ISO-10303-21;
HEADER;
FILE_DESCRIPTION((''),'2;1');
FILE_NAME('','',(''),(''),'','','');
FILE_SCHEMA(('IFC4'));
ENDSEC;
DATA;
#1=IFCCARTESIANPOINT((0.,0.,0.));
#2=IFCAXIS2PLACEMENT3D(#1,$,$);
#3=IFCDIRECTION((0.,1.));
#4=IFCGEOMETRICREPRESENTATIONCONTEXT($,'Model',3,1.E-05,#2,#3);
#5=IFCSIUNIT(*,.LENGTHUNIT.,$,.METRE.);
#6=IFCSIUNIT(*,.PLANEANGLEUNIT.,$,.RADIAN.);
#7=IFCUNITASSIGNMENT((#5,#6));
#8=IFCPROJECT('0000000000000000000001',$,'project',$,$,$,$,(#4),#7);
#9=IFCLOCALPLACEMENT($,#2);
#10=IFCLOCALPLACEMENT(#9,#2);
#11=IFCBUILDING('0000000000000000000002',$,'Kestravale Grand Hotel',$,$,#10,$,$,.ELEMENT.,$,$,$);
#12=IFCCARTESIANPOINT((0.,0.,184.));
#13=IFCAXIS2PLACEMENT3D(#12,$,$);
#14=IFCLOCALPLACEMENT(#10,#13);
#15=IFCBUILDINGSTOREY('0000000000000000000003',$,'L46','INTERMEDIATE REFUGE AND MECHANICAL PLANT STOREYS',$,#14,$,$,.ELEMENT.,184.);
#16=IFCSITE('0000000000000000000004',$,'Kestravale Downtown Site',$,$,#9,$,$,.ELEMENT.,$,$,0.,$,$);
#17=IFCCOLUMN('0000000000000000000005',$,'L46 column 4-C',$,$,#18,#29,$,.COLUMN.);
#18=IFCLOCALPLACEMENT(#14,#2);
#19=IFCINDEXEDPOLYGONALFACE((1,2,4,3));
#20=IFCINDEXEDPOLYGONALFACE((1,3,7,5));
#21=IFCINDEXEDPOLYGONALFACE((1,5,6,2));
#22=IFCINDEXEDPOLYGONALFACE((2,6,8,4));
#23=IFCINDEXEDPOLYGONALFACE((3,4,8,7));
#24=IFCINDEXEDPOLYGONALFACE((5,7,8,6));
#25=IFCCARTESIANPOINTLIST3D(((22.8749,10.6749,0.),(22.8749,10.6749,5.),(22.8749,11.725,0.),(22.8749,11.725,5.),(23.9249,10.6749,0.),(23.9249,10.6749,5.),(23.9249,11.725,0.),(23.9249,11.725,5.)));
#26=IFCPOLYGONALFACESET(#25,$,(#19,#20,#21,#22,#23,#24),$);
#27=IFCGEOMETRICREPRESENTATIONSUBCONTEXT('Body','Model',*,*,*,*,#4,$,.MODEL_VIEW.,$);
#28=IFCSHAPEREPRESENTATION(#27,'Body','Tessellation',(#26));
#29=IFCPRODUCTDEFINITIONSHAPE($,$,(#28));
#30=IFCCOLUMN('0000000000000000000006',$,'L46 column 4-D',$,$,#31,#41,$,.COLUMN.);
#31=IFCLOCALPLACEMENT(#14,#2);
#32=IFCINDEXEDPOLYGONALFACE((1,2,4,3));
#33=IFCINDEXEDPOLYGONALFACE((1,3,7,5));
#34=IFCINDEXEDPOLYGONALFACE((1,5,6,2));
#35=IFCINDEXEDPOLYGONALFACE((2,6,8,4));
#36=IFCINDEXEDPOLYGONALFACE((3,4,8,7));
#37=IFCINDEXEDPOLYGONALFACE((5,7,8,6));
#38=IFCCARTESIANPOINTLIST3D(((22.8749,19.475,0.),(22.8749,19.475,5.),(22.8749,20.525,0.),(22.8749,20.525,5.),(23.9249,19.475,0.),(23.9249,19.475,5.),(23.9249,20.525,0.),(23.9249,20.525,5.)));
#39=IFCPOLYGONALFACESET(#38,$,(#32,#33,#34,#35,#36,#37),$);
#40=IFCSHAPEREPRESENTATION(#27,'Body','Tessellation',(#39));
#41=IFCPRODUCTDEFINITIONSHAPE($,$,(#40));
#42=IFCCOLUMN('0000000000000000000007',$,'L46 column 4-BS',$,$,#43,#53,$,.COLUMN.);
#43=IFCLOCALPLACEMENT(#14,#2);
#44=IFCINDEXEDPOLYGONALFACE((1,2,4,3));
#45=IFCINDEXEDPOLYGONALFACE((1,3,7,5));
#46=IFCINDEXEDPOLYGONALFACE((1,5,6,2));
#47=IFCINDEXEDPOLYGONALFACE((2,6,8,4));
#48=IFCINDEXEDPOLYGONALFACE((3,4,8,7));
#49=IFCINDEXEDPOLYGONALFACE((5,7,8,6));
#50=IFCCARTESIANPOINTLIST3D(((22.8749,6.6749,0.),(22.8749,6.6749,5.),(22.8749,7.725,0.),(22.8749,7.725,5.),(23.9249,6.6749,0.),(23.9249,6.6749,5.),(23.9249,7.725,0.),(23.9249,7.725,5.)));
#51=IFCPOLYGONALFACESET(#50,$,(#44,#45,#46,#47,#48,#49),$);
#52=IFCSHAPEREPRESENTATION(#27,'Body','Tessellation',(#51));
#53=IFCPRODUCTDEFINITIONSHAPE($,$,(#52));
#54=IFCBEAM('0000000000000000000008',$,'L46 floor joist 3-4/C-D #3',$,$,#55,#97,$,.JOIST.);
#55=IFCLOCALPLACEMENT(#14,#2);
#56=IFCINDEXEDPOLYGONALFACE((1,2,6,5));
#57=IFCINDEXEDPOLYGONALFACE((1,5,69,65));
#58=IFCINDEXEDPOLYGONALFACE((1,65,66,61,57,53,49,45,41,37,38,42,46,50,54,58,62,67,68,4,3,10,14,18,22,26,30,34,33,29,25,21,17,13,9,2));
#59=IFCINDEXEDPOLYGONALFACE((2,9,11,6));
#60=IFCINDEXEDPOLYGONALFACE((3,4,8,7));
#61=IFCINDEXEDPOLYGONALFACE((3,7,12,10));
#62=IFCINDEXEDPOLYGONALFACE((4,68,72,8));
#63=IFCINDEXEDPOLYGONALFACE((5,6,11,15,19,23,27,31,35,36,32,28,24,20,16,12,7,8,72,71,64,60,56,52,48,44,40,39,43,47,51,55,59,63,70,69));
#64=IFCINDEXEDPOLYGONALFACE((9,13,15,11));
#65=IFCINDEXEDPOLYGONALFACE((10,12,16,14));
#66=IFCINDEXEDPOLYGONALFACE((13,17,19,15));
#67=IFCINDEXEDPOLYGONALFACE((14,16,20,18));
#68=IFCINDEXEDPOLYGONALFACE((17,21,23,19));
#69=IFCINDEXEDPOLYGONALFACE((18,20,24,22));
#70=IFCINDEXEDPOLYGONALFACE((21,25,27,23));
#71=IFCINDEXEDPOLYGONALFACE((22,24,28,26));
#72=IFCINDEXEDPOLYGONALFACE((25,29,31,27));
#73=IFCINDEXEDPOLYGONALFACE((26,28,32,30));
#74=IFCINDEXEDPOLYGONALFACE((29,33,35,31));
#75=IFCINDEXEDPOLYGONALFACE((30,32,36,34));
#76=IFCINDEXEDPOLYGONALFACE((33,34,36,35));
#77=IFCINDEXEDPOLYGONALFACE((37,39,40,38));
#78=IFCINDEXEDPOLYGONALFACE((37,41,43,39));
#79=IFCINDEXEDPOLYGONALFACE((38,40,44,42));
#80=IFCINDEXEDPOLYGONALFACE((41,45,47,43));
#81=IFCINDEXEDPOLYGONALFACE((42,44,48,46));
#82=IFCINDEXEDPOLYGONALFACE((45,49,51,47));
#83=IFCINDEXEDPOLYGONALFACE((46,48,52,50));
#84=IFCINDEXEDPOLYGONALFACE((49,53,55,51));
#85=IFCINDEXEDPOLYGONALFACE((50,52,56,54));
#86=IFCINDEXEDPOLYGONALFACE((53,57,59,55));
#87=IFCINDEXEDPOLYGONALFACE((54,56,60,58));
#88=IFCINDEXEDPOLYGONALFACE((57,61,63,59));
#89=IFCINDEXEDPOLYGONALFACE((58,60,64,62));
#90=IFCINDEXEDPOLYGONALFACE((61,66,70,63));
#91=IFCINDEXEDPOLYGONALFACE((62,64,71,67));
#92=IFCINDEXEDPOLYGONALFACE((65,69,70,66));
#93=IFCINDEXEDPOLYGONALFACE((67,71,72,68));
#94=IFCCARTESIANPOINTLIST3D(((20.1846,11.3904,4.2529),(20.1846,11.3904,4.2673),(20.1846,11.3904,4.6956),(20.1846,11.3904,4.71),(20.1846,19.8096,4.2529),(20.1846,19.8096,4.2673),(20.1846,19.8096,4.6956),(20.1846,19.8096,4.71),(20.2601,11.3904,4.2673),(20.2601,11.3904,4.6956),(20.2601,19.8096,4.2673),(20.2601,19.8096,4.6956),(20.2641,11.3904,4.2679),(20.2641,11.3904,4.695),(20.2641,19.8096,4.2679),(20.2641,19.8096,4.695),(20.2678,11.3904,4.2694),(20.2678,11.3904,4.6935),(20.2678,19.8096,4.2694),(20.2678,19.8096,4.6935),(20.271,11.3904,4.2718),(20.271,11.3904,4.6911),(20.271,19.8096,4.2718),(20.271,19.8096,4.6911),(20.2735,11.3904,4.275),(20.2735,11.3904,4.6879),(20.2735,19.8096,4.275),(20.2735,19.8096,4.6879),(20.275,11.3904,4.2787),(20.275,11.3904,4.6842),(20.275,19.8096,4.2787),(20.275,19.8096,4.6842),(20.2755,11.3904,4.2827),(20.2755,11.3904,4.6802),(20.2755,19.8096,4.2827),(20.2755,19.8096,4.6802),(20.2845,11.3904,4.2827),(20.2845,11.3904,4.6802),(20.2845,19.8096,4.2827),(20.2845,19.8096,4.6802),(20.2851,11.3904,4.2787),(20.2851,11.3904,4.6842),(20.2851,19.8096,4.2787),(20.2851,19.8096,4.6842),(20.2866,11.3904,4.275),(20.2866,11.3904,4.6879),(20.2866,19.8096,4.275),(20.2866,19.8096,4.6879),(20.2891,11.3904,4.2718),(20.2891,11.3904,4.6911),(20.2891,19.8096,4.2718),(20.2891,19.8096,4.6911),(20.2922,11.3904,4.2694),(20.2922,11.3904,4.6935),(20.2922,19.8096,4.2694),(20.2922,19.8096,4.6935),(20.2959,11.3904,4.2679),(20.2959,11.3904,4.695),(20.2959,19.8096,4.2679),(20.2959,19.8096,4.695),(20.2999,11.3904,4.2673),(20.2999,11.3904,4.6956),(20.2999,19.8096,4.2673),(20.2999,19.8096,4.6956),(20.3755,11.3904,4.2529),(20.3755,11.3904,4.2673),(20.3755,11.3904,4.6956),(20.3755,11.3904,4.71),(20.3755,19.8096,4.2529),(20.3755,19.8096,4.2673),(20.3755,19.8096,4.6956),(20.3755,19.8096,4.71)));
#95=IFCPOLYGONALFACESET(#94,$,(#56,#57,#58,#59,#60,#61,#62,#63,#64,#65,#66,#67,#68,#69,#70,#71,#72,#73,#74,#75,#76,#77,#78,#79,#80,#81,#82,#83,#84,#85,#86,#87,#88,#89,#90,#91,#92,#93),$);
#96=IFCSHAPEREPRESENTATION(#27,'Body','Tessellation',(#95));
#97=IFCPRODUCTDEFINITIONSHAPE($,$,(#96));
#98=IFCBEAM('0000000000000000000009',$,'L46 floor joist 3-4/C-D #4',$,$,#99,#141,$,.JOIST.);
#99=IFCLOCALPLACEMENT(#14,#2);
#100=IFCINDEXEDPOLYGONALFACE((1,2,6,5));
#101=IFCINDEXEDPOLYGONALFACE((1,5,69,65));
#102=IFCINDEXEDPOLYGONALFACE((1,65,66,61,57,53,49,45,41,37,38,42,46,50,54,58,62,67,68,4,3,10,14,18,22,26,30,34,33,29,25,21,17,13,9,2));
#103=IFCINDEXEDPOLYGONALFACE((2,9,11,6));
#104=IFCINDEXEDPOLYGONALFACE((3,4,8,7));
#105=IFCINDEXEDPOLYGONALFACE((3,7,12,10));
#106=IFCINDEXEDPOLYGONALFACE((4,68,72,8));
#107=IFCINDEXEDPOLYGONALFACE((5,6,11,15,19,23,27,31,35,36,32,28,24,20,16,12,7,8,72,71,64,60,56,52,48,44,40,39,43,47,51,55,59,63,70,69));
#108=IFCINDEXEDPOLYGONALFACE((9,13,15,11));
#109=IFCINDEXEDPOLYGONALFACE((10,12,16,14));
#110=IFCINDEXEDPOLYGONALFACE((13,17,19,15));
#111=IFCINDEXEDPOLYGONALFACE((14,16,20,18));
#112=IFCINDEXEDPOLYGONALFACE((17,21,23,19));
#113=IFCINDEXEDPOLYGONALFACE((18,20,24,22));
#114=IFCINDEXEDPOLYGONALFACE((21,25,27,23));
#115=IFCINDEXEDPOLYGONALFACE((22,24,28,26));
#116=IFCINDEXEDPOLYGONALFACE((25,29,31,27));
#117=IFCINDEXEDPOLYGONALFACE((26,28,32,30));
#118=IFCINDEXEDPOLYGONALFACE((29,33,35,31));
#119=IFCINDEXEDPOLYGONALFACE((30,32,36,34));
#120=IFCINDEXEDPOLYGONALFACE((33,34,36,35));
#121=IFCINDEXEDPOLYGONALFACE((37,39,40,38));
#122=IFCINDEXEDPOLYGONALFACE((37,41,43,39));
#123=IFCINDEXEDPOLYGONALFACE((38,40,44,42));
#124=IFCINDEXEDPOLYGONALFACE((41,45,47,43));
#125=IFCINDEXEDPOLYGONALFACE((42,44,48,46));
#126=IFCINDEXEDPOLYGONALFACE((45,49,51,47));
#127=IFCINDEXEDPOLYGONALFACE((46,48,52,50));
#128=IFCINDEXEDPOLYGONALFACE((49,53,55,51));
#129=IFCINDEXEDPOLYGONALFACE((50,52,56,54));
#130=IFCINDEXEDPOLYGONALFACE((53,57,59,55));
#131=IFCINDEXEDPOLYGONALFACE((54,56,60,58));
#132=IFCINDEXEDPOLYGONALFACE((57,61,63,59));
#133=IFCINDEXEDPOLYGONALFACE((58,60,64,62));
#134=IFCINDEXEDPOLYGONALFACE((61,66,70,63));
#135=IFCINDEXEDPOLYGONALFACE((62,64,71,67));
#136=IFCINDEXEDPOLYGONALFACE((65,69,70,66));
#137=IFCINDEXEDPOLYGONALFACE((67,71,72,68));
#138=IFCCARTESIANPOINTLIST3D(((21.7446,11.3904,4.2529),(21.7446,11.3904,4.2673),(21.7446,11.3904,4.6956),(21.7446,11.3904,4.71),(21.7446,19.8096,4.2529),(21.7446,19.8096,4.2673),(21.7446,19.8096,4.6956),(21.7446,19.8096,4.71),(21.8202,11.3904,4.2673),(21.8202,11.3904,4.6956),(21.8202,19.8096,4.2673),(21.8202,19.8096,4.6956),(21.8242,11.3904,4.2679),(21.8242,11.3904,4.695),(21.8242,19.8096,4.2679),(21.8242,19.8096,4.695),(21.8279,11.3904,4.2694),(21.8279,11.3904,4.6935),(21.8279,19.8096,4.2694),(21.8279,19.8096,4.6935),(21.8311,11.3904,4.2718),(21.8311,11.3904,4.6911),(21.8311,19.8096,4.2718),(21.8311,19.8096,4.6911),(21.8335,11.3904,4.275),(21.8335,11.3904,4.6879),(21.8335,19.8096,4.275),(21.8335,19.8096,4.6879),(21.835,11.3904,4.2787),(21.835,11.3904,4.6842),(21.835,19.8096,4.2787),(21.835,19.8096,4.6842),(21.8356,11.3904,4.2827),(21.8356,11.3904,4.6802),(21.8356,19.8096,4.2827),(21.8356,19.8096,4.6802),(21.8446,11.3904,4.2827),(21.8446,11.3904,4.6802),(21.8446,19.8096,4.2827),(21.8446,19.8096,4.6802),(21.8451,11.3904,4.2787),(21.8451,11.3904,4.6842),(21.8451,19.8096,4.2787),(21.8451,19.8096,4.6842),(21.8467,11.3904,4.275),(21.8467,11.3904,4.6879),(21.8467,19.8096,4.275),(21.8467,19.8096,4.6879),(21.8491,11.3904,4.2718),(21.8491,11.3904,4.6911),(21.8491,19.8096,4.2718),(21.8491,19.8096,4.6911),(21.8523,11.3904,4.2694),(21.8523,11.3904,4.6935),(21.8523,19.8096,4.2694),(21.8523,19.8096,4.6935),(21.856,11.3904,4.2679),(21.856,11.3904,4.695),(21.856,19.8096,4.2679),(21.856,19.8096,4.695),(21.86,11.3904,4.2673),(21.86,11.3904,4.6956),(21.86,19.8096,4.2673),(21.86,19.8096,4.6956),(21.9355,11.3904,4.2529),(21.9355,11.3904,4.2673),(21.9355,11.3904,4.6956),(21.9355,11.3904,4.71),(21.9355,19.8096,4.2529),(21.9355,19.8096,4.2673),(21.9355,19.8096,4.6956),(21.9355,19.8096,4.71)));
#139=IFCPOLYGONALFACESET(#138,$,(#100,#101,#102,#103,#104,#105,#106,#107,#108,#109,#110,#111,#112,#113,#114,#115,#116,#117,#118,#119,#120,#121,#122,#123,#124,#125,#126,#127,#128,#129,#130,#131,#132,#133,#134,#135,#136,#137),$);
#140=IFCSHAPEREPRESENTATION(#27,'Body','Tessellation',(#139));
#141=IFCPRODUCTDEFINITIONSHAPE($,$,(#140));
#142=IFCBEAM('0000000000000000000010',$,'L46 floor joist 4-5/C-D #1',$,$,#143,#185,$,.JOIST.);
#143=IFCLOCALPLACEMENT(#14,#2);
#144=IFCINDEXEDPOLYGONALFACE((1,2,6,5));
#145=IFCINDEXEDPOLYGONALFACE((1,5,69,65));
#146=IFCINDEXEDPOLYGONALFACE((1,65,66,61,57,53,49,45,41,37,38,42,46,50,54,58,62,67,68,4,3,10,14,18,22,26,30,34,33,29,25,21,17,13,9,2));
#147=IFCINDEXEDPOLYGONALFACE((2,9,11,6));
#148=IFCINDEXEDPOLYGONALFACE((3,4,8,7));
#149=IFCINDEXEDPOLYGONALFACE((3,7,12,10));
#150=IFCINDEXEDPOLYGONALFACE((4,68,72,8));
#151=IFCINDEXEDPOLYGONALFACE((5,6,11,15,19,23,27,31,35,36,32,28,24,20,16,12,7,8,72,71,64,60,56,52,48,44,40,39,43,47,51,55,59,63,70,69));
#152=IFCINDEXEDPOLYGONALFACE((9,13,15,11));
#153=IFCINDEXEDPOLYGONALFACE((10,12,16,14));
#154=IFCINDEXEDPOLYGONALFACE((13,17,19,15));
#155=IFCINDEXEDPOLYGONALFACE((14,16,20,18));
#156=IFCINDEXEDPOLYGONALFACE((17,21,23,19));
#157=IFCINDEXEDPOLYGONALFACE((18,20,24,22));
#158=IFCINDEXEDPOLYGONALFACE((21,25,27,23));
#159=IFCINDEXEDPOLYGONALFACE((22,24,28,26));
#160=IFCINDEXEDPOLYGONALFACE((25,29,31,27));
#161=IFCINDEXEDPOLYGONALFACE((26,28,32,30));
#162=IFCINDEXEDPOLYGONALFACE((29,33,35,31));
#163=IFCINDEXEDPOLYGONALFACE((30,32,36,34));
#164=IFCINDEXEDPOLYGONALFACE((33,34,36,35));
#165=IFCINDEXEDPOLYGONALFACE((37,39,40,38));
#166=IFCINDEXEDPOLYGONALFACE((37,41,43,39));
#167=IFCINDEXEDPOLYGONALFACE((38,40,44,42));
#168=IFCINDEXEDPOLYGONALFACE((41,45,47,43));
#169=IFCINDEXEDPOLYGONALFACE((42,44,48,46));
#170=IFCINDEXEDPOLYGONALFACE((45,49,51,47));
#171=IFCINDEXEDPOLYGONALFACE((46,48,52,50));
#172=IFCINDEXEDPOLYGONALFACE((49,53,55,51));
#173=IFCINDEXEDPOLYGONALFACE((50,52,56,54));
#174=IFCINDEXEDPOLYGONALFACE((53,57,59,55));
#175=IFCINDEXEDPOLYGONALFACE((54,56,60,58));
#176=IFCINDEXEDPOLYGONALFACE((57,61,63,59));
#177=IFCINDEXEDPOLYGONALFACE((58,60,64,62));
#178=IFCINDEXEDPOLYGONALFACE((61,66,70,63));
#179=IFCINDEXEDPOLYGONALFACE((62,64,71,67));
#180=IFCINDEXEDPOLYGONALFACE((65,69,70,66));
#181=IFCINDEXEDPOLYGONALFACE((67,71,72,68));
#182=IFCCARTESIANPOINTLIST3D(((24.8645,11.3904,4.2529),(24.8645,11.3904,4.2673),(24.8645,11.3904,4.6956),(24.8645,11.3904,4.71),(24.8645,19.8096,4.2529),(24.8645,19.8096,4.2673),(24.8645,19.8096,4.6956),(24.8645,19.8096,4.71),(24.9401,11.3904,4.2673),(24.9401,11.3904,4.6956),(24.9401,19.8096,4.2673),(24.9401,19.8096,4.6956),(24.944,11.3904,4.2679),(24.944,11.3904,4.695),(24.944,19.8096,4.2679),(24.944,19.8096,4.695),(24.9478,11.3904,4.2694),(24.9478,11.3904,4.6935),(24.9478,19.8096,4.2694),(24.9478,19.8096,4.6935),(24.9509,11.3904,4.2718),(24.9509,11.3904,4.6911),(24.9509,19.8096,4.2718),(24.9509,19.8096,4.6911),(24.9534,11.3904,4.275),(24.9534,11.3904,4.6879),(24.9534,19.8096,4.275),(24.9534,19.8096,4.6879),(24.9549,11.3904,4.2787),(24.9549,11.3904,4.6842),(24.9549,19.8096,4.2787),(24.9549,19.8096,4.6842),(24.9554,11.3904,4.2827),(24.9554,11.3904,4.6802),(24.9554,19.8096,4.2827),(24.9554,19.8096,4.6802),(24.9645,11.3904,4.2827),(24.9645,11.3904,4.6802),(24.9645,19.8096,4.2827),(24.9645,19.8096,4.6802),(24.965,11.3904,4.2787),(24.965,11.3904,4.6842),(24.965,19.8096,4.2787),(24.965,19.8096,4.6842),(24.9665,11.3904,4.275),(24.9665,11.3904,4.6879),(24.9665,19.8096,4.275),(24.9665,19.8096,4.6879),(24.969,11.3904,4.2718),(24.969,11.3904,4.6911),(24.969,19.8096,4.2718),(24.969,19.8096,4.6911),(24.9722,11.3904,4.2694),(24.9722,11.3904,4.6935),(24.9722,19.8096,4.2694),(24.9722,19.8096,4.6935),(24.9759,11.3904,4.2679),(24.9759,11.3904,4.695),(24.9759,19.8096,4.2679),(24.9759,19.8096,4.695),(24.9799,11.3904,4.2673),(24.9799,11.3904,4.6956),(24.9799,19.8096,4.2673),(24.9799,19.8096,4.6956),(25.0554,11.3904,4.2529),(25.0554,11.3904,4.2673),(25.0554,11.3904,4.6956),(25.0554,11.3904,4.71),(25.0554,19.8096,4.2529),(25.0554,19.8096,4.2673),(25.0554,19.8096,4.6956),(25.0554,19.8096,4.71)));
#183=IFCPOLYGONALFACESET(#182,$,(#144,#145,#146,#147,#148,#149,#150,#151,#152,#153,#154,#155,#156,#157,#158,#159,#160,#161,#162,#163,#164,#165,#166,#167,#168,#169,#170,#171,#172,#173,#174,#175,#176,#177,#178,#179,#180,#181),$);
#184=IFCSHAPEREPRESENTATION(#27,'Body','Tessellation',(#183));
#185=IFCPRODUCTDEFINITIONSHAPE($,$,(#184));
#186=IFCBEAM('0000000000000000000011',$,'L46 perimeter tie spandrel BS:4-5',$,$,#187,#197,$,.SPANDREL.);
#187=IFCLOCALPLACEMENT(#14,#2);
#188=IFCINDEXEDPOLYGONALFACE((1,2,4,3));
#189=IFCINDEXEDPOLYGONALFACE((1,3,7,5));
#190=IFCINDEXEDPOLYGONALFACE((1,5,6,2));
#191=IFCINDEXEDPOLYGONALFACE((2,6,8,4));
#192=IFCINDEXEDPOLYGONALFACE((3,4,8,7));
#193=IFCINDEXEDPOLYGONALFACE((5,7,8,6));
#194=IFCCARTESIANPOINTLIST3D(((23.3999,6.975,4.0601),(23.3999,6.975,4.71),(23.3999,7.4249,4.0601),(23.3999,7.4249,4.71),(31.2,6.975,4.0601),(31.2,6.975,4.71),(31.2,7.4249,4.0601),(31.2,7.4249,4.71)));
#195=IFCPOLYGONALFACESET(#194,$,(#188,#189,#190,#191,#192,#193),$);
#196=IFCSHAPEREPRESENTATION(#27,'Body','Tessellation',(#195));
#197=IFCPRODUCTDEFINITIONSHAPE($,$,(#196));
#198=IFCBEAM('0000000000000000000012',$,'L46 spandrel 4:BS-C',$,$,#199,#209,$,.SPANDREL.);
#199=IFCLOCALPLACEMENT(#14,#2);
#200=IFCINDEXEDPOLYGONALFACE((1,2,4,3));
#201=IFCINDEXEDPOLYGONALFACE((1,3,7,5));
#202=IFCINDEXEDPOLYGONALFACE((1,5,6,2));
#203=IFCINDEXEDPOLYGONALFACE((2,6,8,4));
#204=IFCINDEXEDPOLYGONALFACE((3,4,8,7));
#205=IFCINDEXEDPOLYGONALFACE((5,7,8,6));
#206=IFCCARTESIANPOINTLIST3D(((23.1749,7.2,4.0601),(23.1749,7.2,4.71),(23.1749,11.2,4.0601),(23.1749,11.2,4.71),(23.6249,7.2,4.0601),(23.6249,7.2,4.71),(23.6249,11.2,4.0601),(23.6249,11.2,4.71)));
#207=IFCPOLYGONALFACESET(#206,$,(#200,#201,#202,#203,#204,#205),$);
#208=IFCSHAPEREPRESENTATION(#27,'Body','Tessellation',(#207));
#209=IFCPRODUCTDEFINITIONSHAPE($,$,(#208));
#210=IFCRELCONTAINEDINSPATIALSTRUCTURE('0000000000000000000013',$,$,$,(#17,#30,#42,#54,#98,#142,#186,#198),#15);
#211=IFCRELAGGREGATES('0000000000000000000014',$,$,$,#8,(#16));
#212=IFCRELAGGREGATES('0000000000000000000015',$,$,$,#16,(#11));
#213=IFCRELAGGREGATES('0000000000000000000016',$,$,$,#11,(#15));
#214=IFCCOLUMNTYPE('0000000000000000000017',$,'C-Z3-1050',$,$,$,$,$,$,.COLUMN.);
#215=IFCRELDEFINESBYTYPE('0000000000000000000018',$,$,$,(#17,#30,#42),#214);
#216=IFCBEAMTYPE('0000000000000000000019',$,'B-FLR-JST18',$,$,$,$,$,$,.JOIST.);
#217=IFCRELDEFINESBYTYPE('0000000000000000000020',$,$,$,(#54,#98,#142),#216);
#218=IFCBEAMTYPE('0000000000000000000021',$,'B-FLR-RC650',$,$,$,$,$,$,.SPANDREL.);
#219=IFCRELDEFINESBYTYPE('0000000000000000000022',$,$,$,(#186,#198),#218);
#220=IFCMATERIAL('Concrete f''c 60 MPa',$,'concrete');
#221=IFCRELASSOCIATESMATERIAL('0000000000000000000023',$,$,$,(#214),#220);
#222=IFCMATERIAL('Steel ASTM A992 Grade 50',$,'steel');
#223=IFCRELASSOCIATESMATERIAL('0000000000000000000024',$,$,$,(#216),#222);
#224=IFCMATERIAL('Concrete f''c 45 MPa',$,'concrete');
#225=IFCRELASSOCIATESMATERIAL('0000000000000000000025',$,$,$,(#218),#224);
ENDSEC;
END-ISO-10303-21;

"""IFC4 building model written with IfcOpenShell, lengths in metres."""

from ifc_helpers import new_model, si_unit, direction, frame, origin, origin_2d, place, context, subcontext, project, spatial, rectangle, i_section, extrude, material, material_profile, profile_set, type_object, element, save


model = new_model("IFC4")

# Units and contexts
model_context = context("Model", 3, precision=1e-05, world=origin(), true_north=direction((0.0, 1.0)))
body_context = subcontext(model_context, "Body", "Model", "MODEL_VIEW")
ifc_project = project(units=[si_unit("LENGTHUNIT", "METRE"), si_unit("PLANEANGLEUNIT", "RADIAN")], contexts=[model_context])

# Site, building, storey
site_placement = place(None, origin())
site = spatial("IfcSite", under=ifc_project, at=site_placement, Name="Kestravale Downtown Site", CompositionType="ELEMENT", RefElevation=0.0)
building_placement = place(site_placement, origin())
building = spatial("IfcBuilding", under=site, at=building_placement, Name="Kestravale Grand Hotel", CompositionType="ELEMENT")
storey_placement = place(building_placement, frame((0.0, 0.0, 184.0)))
storey = spatial("IfcBuildingStorey", under=building, at=storey_placement, Name="L46", Description="INTERMEDIATE REFUGE AND MECHANICAL PLANT STOREYS", CompositionType="ELEMENT", Elevation=184.0)

# Columns
ifc_material_1 = material(Name="Concrete f'c 60 MPa", Category="concrete")
ifc_material_profile_1 = material_profile(ifc_material_1, rectangle(XDim=1.05, YDim=1.05, at=origin_2d()))
ifc_profile_set_1 = profile_set([ifc_material_profile_1], Name="Concrete f'c 60 MPa")
column_type = type_object("IfcColumnType", Name="C-Z3-1050", PredefinedType="COLUMN", material=ifc_profile_set_1)
for number, where, z_axis, x_axis, name in (
    (1, (23.3999, 11.2, 0.0), (0.0, 0.0, 1.0), (1.0, 0.0, 0.0), "L46 column 4-C"),
    (2, (23.3999, 20.0, 0.0), (0.0, 0.0, 1.0), (1.0, 0.0, 0.0), "L46 column 4-D"),
    (3, (23.3999, 7.2, 0.0), (0.0, 0.0, 1.0), (1.0, 0.0, 0.0), "L46 column 4-BS"),
):
    element("IfcColumn", number, at=place(storey_placement, frame(where, z_axis=z_axis, x_axis=x_axis)), inside=storey, type_object=column_type, Name=name, PredefinedType="COLUMN", context=body_context, shape_type="SweptSolid", body=[
        extrude(rectangle(XDim=1.05, YDim=1.05, at=origin_2d()), origin(), (0.0, 0.0, 1.0), 5.0),
    ])

# Beams
ifc_material_2 = material(Name="Steel ASTM A992 Grade 50", Category="steel")
ifc_material_profile_2 = material_profile(ifc_material_2, i_section(OverallWidth=0.1909, OverallDepth=0.457, WebThickness=0.009, FlangeThickness=0.0144, FilletRadius=0.0154, at=origin_2d()))
ifc_profile_set_2 = profile_set([ifc_material_profile_2], Name="Steel ASTM A992 Grade 50")
beam_type_1 = type_object("IfcBeamType", Name="B-FLR-JST18", PredefinedType="JOIST", material=ifc_profile_set_2)
for number, where, z_axis, x_axis, name in (
    (4, (20.28, 11.3904, 4.4814), (0.0, 1.0, 0.0), (-1.0, 0.0, 0.0), "L46 floor joist 3-4/C-D #3"),
    (5, (21.8401, 11.3904, 4.4814), (0.0, 1.0, 0.0), (-1.0, 0.0, 0.0), "L46 floor joist 3-4/C-D #4"),
    (6, (24.96, 11.3904, 4.4814), (0.0, 1.0, 0.0), (-1.0, 0.0, 0.0), "L46 floor joist 4-5/C-D #1"),
):
    element("IfcBeam", number, at=place(storey_placement, frame(where, z_axis=z_axis, x_axis=x_axis)), inside=storey, type_object=beam_type_1, Name=name, PredefinedType="JOIST", context=body_context, shape_type="SweptSolid", body=[
        extrude(i_section(OverallWidth=0.1909, OverallDepth=0.457, WebThickness=0.009, FlangeThickness=0.0144, FilletRadius=0.0154, at=origin_2d()), origin(), (0.0, 0.0, 1.0), 8.4192),
    ])
ifc_material_3 = material(Name="Concrete f'c 45 MPa", Category="concrete")
ifc_material_profile_3 = material_profile(ifc_material_3, rectangle(XDim=0.45, YDim=0.6499, at=origin_2d()))
ifc_profile_set_3 = profile_set([ifc_material_profile_3], Name="Concrete f'c 45 MPa")
beam_type_2 = type_object("IfcBeamType", Name="B-FLR-RC650", PredefinedType="SPANDREL", material=ifc_profile_set_3)
beam_1_placement = place(storey_placement, frame((23.3999, 7.2, 4.385), z_axis=(1.0, 0.0, 0.0), x_axis=(0.0, 1.0, 0.0)))
element("IfcBeam", 7, at=beam_1_placement, inside=storey, type_object=beam_type_2, Name="L46 perimeter tie spandrel BS:4-5", PredefinedType="SPANDREL", context=body_context, shape_type="SweptSolid", body=[
    extrude(rectangle(XDim=0.45, YDim=0.6499, at=origin_2d()), origin(), (0.0, 0.0, 1.0), 7.8),
])
beam_2_placement = place(storey_placement, frame((23.3999, 7.2, 4.385), z_axis=(0.0, 1.0, 0.0), x_axis=(-1.0, 0.0, 0.0)))
element("IfcBeam", 8, at=beam_2_placement, inside=storey, type_object=beam_type_2, Name="L46 spandrel 4:BS-C", PredefinedType="SPANDREL", context=body_context, shape_type="SweptSolid", body=[
    extrude(rectangle(XDim=0.45, YDim=0.6499, at=origin_2d()), origin(), (0.0, 0.0, 1.0), 4.0),
])

save(model, "model.ifc")
